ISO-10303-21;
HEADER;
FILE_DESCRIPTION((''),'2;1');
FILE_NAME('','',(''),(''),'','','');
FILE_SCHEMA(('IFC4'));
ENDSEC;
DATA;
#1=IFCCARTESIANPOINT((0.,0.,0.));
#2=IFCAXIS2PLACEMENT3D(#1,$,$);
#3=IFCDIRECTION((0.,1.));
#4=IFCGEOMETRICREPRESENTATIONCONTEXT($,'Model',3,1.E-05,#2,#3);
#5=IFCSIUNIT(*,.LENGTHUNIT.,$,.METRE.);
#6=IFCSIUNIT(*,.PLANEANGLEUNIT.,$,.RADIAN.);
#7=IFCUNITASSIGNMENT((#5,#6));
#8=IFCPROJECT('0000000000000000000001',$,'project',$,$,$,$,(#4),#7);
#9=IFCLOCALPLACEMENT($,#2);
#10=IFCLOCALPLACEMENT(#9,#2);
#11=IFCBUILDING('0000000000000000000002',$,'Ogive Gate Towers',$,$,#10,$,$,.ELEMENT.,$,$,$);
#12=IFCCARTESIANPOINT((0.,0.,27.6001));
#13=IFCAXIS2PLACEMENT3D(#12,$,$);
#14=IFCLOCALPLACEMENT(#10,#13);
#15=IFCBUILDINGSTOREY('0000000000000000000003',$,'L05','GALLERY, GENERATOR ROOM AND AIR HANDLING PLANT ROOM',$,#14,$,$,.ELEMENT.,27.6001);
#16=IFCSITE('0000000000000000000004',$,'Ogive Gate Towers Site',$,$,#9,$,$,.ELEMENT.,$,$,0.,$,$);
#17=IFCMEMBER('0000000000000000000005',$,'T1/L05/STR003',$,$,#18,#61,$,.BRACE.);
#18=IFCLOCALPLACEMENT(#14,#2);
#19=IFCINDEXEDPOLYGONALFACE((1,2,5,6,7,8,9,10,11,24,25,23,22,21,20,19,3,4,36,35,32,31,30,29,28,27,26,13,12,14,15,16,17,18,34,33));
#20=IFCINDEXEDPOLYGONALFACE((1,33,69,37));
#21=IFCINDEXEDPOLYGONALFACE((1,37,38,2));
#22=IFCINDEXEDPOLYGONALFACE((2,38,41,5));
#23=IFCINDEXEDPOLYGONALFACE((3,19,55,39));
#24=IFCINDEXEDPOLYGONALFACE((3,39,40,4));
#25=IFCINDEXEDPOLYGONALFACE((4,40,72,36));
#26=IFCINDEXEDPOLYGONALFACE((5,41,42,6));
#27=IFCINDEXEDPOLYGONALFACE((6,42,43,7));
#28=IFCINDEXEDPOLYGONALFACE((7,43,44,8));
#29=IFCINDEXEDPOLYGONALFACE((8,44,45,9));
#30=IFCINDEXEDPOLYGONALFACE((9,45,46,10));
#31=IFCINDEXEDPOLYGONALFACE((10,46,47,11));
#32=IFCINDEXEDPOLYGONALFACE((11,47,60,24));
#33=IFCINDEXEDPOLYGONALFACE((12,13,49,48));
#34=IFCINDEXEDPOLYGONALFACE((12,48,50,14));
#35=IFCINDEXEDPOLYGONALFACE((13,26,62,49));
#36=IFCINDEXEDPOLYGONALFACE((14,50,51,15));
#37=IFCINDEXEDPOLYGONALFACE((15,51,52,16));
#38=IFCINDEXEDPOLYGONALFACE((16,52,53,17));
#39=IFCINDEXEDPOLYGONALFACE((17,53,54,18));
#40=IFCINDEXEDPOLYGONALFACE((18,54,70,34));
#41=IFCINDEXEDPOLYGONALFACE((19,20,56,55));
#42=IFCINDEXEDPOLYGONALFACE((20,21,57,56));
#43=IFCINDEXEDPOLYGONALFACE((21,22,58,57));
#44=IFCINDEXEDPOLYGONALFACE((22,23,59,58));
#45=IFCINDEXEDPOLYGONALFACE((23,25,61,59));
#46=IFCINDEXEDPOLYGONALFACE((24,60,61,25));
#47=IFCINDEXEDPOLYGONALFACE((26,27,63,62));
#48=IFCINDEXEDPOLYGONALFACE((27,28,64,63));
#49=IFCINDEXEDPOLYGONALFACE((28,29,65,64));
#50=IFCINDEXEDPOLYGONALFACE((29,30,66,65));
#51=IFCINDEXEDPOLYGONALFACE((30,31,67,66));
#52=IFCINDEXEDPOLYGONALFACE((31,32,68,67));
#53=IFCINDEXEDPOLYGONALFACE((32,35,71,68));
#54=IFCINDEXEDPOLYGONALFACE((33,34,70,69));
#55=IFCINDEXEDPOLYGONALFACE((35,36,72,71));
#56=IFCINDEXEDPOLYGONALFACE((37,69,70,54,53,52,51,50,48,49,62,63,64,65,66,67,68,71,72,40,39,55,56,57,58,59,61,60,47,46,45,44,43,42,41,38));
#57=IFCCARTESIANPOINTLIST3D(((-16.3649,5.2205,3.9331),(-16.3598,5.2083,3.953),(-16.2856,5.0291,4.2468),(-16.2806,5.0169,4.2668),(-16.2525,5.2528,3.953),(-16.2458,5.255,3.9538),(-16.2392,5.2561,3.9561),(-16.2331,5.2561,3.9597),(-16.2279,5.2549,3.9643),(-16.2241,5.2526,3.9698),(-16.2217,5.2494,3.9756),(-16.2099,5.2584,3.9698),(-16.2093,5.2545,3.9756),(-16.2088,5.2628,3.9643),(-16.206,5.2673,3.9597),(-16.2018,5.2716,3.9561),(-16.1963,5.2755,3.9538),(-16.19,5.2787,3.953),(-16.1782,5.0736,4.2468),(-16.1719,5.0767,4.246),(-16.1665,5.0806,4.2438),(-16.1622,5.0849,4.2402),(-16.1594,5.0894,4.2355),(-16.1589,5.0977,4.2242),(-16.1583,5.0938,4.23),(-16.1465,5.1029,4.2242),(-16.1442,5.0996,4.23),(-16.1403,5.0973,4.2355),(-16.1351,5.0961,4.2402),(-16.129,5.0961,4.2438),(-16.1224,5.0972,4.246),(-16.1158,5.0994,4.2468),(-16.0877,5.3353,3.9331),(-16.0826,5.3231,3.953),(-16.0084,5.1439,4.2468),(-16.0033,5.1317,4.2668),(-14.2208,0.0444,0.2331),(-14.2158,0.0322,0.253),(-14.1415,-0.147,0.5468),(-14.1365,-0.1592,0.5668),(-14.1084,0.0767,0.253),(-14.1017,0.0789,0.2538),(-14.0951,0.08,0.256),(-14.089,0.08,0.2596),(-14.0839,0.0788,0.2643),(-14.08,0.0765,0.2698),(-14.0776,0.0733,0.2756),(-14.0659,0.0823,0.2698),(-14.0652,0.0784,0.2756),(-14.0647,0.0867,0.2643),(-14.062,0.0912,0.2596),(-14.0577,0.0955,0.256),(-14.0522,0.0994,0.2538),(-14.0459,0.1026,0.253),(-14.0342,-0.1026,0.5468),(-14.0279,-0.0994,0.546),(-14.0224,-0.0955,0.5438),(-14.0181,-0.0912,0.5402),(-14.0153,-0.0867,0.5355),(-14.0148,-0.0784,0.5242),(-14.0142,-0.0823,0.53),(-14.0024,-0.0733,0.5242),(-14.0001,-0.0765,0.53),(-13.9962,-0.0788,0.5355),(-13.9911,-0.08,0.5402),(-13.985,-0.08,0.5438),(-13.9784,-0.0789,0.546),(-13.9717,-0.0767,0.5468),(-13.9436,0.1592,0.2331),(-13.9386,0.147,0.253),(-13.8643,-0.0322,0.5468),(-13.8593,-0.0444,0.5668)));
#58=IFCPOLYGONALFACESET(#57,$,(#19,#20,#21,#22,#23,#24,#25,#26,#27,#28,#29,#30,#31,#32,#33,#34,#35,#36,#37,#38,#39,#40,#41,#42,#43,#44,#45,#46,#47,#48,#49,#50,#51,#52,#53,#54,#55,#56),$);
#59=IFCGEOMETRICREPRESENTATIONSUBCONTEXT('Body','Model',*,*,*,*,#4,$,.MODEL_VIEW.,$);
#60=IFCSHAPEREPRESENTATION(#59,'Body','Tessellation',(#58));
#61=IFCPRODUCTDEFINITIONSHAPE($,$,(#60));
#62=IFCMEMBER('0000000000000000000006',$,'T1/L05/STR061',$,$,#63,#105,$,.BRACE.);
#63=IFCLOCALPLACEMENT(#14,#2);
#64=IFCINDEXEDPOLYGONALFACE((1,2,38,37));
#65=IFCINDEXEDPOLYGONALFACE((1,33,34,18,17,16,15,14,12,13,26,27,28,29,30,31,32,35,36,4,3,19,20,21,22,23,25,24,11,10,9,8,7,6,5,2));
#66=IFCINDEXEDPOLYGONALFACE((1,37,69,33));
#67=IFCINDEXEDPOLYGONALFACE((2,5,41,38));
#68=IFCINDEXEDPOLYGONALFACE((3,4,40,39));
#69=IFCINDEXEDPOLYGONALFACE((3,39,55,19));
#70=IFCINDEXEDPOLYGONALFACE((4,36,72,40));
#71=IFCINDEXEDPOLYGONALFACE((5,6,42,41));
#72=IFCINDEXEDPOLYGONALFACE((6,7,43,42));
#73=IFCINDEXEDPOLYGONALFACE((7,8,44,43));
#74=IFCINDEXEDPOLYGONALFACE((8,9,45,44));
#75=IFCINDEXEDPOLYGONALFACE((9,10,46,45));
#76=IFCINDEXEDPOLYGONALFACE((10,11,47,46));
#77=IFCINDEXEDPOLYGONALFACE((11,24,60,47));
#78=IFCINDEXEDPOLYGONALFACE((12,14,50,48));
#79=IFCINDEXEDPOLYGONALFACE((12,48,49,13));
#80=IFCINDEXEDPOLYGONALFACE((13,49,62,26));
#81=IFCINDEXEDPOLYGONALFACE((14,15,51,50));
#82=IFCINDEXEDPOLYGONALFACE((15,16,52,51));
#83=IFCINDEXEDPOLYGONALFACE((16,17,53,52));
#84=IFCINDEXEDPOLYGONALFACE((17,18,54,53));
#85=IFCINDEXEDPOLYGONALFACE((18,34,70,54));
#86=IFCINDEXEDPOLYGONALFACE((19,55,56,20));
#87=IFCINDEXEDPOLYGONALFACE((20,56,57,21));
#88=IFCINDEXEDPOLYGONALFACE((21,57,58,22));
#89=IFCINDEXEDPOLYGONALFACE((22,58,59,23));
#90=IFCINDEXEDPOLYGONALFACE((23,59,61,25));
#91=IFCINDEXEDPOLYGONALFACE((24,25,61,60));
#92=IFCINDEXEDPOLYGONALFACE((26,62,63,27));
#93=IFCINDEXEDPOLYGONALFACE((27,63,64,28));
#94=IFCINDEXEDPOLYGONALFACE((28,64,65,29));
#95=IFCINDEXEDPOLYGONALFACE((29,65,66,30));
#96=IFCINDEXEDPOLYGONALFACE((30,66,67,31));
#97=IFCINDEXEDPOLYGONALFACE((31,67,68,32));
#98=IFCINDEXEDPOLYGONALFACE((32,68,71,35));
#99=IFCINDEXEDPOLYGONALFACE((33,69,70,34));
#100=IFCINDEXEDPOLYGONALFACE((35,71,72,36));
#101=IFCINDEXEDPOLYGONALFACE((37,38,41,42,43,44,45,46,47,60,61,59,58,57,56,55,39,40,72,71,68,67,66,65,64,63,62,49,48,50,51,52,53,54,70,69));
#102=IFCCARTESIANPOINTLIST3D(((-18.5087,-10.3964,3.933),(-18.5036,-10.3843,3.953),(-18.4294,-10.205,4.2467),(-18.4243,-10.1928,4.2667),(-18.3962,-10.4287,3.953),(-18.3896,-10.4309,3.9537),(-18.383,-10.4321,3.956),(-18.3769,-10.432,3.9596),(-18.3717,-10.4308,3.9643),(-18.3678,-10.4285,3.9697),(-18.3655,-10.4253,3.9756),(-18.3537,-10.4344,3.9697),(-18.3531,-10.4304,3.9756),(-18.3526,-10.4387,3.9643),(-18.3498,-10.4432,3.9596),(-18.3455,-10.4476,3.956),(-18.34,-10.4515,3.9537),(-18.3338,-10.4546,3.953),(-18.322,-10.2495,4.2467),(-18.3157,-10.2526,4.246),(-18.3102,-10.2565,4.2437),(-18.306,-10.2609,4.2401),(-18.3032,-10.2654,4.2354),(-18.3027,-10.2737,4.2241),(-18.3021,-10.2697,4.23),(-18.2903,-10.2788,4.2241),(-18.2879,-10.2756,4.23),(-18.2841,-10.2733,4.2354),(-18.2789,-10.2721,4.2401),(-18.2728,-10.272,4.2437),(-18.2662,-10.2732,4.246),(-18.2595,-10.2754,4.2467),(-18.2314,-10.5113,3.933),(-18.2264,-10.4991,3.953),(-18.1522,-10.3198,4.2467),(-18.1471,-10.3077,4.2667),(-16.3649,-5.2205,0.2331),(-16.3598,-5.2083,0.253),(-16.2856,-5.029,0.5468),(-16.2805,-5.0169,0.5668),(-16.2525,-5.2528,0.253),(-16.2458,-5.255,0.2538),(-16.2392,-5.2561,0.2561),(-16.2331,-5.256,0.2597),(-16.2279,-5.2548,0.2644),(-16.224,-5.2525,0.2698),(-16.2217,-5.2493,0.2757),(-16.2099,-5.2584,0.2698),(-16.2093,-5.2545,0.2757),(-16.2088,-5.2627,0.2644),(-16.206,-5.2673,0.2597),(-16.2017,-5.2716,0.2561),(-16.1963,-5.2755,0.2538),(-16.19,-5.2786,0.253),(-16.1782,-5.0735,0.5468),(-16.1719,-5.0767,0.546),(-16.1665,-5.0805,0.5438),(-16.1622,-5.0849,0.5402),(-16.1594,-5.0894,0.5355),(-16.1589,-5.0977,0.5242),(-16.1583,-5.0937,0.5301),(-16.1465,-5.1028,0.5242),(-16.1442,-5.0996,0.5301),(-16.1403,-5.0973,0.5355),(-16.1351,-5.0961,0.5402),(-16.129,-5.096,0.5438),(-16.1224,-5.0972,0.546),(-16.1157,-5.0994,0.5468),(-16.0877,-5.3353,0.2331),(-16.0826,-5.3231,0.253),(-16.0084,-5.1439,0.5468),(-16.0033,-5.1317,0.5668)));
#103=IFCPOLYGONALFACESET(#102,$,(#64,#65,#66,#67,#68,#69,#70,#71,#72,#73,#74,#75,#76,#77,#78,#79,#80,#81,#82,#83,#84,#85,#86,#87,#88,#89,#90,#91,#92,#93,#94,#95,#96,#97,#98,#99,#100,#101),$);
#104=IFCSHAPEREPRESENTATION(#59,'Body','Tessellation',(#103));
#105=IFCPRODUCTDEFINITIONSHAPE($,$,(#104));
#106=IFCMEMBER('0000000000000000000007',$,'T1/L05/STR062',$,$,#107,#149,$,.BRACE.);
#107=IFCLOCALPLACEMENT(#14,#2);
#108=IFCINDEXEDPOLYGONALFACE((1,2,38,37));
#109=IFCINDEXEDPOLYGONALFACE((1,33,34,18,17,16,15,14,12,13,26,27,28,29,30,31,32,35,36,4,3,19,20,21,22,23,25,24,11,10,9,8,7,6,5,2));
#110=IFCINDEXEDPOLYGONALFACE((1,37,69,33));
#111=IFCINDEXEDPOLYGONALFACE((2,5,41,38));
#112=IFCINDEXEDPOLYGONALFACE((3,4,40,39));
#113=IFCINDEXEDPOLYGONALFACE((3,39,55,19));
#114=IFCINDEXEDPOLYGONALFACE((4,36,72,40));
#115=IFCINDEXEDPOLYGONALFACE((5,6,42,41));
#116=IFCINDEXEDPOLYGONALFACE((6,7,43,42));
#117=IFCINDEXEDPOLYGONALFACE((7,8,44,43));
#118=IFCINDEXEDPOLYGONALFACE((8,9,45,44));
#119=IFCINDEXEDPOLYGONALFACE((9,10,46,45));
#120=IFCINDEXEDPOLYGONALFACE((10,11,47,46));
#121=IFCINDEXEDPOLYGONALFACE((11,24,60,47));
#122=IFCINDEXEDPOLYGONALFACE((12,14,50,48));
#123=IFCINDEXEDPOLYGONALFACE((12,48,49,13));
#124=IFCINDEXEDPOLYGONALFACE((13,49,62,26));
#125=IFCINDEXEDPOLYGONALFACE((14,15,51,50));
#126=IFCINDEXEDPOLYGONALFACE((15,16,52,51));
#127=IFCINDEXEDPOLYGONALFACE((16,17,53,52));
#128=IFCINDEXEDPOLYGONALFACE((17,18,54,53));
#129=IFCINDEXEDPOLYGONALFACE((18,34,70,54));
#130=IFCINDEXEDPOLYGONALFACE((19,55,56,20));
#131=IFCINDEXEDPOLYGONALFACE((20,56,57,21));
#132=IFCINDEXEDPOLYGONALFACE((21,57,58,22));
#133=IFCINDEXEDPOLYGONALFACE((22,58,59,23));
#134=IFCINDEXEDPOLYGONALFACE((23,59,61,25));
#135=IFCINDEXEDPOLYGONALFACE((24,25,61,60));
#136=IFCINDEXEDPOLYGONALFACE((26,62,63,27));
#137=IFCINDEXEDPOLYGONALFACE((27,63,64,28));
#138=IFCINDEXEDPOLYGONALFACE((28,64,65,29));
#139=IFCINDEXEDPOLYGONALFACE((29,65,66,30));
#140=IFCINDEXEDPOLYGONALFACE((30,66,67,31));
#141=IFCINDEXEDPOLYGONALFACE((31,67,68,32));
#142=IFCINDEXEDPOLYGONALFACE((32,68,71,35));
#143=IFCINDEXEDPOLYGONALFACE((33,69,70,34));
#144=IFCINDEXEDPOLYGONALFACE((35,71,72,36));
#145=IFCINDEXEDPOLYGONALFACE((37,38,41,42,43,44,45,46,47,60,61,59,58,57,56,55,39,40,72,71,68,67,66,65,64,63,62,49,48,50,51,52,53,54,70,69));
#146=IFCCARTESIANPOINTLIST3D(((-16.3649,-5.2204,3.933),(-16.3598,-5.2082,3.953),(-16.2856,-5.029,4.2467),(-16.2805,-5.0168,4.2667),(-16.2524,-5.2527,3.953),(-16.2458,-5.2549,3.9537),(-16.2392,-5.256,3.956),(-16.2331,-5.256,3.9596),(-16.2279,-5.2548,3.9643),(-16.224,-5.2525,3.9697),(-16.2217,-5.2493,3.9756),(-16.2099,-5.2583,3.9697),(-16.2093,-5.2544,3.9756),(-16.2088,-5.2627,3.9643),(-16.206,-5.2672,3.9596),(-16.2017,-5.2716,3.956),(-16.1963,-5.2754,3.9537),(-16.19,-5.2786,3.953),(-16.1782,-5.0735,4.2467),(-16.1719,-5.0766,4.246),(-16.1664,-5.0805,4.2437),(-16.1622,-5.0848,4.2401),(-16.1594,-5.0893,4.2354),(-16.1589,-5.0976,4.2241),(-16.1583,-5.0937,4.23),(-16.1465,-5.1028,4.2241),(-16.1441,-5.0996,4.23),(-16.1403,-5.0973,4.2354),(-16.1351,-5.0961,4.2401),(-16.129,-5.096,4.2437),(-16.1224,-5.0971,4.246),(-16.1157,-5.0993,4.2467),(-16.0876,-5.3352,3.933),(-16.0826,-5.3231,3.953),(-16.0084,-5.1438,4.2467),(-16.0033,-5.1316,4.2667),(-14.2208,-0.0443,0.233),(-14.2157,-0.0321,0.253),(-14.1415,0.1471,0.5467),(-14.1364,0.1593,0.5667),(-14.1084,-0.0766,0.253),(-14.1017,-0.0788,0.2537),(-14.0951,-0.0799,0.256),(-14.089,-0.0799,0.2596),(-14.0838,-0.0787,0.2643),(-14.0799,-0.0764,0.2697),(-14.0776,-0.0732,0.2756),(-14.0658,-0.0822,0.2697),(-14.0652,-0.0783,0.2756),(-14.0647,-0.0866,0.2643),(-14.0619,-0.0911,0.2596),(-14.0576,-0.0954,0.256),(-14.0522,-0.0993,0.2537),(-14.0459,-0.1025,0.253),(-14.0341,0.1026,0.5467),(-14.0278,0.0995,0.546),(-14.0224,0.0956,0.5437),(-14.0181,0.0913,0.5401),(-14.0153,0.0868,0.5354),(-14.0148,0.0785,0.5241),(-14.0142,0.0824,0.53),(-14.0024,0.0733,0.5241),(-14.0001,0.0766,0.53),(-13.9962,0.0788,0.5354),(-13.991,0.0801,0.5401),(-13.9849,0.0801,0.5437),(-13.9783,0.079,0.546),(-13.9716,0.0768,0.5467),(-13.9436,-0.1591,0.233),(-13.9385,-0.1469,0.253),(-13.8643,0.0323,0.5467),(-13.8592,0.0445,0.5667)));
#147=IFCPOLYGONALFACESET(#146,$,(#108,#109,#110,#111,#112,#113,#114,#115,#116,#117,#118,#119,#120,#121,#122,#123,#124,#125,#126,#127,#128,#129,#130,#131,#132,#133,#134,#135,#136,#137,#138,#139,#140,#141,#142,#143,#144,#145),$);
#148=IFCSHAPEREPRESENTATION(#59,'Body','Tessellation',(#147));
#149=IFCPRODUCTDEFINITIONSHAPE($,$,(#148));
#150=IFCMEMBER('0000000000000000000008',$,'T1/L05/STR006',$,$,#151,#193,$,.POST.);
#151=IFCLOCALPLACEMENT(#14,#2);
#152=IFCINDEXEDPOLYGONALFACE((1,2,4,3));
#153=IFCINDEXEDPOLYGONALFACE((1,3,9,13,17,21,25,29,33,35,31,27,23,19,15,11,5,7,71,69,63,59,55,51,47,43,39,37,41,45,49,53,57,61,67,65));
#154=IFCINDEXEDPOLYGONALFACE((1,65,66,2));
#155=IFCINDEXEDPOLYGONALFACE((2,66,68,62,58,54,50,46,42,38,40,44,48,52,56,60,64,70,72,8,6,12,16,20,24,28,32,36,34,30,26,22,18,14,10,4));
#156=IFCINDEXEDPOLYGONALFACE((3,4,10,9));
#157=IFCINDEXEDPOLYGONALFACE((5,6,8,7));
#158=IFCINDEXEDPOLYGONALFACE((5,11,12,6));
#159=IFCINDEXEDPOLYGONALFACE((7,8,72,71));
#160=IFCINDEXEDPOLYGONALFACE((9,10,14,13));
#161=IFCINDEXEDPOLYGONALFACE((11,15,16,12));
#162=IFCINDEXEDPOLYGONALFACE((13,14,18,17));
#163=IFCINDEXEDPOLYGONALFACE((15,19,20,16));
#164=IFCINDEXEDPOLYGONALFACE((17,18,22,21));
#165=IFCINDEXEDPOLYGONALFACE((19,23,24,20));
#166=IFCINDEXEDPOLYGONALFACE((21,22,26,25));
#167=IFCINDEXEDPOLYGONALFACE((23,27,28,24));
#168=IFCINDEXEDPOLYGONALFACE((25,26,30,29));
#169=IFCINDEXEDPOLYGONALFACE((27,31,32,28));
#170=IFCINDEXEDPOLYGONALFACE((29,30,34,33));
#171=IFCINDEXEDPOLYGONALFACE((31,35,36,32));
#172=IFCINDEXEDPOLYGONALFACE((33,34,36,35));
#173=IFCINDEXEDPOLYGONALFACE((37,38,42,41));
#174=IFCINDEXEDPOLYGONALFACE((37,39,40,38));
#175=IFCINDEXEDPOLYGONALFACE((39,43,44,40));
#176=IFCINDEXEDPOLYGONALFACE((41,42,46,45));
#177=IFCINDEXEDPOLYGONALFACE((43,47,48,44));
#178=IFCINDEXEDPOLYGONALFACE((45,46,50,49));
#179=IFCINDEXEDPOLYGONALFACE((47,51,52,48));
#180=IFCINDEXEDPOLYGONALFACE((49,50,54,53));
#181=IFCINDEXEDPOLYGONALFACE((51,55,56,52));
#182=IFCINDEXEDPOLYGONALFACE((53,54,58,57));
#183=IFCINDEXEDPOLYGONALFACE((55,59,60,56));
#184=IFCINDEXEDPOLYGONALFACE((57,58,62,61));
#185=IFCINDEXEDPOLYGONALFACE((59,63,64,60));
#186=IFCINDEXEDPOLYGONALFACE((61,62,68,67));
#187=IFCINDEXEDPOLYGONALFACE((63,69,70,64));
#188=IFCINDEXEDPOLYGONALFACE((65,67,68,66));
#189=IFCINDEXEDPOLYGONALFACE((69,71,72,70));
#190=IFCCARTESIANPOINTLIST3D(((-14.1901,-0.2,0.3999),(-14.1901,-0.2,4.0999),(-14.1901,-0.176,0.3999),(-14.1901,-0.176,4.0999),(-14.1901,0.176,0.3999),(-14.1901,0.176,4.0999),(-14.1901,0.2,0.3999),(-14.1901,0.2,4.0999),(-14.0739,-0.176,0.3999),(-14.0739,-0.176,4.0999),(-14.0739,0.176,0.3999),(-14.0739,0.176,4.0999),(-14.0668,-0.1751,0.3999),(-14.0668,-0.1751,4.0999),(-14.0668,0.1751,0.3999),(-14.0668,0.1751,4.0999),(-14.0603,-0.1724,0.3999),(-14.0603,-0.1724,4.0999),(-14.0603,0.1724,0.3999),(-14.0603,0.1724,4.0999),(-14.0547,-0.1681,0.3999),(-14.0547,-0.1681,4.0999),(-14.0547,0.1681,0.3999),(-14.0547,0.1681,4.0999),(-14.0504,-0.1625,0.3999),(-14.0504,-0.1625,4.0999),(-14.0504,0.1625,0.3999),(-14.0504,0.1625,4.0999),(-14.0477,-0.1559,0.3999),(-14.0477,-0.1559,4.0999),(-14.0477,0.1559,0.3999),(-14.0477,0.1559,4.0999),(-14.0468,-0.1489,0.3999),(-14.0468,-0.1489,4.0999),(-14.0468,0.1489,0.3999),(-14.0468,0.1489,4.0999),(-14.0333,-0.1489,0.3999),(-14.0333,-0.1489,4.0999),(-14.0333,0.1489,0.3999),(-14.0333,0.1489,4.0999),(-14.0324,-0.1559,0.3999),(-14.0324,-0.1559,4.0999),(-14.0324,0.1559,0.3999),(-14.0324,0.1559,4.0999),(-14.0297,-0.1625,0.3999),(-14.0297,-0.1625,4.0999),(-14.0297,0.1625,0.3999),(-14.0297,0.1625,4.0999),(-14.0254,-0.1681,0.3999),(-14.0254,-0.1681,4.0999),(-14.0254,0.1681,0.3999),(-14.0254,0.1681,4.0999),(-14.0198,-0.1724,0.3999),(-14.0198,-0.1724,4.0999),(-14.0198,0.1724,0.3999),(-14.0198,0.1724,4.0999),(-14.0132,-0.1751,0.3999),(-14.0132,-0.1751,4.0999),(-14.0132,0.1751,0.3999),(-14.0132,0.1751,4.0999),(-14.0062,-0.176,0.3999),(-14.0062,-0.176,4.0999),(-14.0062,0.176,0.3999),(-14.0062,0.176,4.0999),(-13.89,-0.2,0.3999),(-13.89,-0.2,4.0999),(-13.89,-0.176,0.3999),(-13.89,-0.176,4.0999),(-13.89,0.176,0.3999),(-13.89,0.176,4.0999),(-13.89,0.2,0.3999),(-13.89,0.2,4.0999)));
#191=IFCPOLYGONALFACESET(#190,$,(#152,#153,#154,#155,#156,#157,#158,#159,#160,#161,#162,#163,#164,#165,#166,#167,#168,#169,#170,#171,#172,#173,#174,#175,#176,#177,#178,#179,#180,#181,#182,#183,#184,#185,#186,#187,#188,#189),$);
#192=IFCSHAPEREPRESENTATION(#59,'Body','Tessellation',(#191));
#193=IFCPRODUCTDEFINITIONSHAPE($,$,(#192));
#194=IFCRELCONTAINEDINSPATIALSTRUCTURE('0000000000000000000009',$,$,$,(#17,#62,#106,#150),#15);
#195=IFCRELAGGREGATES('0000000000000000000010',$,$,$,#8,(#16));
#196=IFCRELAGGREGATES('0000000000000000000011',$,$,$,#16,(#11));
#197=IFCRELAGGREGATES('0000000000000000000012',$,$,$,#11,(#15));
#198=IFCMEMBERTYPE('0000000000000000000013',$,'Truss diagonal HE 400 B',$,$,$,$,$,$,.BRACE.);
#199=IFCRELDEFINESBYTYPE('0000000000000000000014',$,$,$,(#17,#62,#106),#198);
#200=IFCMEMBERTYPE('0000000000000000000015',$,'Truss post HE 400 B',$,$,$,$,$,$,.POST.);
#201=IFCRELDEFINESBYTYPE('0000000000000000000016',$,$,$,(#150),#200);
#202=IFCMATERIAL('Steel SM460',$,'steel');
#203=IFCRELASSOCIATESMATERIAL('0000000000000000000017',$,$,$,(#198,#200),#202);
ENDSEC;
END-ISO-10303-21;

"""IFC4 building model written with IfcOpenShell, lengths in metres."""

from ifc_helpers import new_model, si_unit, direction, frame, origin, origin_2d, place, context, subcontext, project, spatial, i_section, extrude, material, material_profile, profile_set, type_object, element, save


model = new_model("IFC4")

# Units and contexts
model_context = context("Model", 3, precision=1e-05, world=origin(), true_north=direction((0.0, 1.0)))
body_context = subcontext(model_context, "Body", "Model", "MODEL_VIEW")
ifc_project = project(units=[si_unit("LENGTHUNIT", "METRE"), si_unit("PLANEANGLEUNIT", "RADIAN")], contexts=[model_context])

# Site, building, storey
site_placement = place(None, origin())
site = spatial("IfcSite", under=ifc_project, at=site_placement, Name="Ogive Gate Towers Site", CompositionType="ELEMENT", RefElevation=0.0)
building_placement = place(site_placement, origin())
building = spatial("IfcBuilding", under=site, at=building_placement, Name="Ogive Gate Towers", CompositionType="ELEMENT")
storey_placement = place(building_placement, frame((0.0, 0.0, 27.6001)))
storey = spatial("IfcBuildingStorey", under=building, at=storey_placement, Name="L05", Description="GALLERY, GENERATOR ROOM AND AIR HANDLING PLANT ROOM", CompositionType="ELEMENT", Elevation=27.6001)

# Shared definitions
ifc_material_1 = material(Name="Steel SM460", Category="steel")

# Members
ifc_material_profile_1 = material_profile(ifc_material_1, i_section(OverallWidth=0.3, OverallDepth=0.3999, WebThickness=0.0134, FlangeThickness=0.0239, FilletRadius=0.0271, at=origin_2d()), Name="HE 400 B")
ifc_profile_set_1 = profile_set([ifc_material_profile_1], Name="Steel SM460")
member_type_1 = type_object("IfcMemberType", Name="Truss diagonal HE 400 B", PredefinedType="BRACE", material=ifc_profile_set_1)
member_1_placement = place(storey_placement, frame((-14.04, 0.0, 0.3999), z_axis=(-0.319339, 0.77093, 0.55108), x_axis=(-0.923876, -0.382693, 0.0)))
element("IfcMember", 1, at=member_1_placement, inside=storey, type_object=member_type_1, Name="T1/L05/STR003", PredefinedType="BRACE", context=body_context, shape_type="SweptSolid", body=[
    extrude(i_section(OverallWidth=0.3, OverallDepth=0.3999, WebThickness=0.0134, FlangeThickness=0.0239, FilletRadius=0.0271, at=origin_2d()), origin(), (0.0, 0.0, 1.0), 6.7141),
])
member_2_placement = place(storey_placement, frame((-18.3279, -10.3521, 4.0999), z_axis=(0.319306, 0.770939, -0.551086), x_axis=(-0.923891, 0.382656, 0.0)))
element("IfcMember", 2, at=member_2_placement, inside=storey, type_object=member_type_1, Name="T1/L05/STR061", PredefinedType="BRACE", context=body_context, shape_type="SweptSolid", body=[
    extrude(i_section(OverallWidth=0.3, OverallDepth=0.3999, WebThickness=0.0134, FlangeThickness=0.0239, FilletRadius=0.0271, at=origin_2d()), origin(), (0.0, 0.0, 1.0), 6.7139),
])
member_3_placement = place(storey_placement, frame((-16.1841, -5.176, 4.0999), z_axis=(0.319339, 0.77093, -0.55108), x_axis=(-0.923876, 0.382693, 0.0)))
element("IfcMember", 3, at=member_3_placement, inside=storey, type_object=member_type_1, Name="T1/L05/STR062", PredefinedType="BRACE", context=body_context, shape_type="SweptSolid", body=[
    extrude(i_section(OverallWidth=0.3, OverallDepth=0.3999, WebThickness=0.0134, FlangeThickness=0.0239, FilletRadius=0.0271, at=origin_2d()), origin(), (0.0, 0.0, 1.0), 6.7141),
])
ifc_material_profile_2 = material_profile(ifc_material_1, i_section(OverallWidth=0.3, OverallDepth=0.3999, WebThickness=0.0134, FlangeThickness=0.0239, FilletRadius=0.0271, at=origin_2d()), Name="HE 400 B")
ifc_profile_set_2 = profile_set([ifc_material_profile_2], Name="Steel SM460")
member_type_2 = type_object("IfcMemberType", Name="Truss post HE 400 B", PredefinedType="POST", material=ifc_profile_set_2)
for number, where, z_axis, x_axis, name in (
    (4, (-14.04, 0.0, 0.3999), (0.0, 0.0, 1.0), (1.0, 0.0, 0.0), "T1/L05/STR006"),
):
    element("IfcMember", number, at=place(storey_placement, frame(where, z_axis=z_axis, x_axis=x_axis)), inside=storey, type_object=member_type_2, Name=name, PredefinedType="POST", context=body_context, shape_type="SweptSolid", body=[
        extrude(i_section(OverallWidth=0.3, OverallDepth=0.3999, WebThickness=0.0134, FlangeThickness=0.0239, FilletRadius=0.0271, at=origin_2d()), origin(), (0.0, 0.0, 1.0), 3.7),
    ])

save(model, "model.ifc")
